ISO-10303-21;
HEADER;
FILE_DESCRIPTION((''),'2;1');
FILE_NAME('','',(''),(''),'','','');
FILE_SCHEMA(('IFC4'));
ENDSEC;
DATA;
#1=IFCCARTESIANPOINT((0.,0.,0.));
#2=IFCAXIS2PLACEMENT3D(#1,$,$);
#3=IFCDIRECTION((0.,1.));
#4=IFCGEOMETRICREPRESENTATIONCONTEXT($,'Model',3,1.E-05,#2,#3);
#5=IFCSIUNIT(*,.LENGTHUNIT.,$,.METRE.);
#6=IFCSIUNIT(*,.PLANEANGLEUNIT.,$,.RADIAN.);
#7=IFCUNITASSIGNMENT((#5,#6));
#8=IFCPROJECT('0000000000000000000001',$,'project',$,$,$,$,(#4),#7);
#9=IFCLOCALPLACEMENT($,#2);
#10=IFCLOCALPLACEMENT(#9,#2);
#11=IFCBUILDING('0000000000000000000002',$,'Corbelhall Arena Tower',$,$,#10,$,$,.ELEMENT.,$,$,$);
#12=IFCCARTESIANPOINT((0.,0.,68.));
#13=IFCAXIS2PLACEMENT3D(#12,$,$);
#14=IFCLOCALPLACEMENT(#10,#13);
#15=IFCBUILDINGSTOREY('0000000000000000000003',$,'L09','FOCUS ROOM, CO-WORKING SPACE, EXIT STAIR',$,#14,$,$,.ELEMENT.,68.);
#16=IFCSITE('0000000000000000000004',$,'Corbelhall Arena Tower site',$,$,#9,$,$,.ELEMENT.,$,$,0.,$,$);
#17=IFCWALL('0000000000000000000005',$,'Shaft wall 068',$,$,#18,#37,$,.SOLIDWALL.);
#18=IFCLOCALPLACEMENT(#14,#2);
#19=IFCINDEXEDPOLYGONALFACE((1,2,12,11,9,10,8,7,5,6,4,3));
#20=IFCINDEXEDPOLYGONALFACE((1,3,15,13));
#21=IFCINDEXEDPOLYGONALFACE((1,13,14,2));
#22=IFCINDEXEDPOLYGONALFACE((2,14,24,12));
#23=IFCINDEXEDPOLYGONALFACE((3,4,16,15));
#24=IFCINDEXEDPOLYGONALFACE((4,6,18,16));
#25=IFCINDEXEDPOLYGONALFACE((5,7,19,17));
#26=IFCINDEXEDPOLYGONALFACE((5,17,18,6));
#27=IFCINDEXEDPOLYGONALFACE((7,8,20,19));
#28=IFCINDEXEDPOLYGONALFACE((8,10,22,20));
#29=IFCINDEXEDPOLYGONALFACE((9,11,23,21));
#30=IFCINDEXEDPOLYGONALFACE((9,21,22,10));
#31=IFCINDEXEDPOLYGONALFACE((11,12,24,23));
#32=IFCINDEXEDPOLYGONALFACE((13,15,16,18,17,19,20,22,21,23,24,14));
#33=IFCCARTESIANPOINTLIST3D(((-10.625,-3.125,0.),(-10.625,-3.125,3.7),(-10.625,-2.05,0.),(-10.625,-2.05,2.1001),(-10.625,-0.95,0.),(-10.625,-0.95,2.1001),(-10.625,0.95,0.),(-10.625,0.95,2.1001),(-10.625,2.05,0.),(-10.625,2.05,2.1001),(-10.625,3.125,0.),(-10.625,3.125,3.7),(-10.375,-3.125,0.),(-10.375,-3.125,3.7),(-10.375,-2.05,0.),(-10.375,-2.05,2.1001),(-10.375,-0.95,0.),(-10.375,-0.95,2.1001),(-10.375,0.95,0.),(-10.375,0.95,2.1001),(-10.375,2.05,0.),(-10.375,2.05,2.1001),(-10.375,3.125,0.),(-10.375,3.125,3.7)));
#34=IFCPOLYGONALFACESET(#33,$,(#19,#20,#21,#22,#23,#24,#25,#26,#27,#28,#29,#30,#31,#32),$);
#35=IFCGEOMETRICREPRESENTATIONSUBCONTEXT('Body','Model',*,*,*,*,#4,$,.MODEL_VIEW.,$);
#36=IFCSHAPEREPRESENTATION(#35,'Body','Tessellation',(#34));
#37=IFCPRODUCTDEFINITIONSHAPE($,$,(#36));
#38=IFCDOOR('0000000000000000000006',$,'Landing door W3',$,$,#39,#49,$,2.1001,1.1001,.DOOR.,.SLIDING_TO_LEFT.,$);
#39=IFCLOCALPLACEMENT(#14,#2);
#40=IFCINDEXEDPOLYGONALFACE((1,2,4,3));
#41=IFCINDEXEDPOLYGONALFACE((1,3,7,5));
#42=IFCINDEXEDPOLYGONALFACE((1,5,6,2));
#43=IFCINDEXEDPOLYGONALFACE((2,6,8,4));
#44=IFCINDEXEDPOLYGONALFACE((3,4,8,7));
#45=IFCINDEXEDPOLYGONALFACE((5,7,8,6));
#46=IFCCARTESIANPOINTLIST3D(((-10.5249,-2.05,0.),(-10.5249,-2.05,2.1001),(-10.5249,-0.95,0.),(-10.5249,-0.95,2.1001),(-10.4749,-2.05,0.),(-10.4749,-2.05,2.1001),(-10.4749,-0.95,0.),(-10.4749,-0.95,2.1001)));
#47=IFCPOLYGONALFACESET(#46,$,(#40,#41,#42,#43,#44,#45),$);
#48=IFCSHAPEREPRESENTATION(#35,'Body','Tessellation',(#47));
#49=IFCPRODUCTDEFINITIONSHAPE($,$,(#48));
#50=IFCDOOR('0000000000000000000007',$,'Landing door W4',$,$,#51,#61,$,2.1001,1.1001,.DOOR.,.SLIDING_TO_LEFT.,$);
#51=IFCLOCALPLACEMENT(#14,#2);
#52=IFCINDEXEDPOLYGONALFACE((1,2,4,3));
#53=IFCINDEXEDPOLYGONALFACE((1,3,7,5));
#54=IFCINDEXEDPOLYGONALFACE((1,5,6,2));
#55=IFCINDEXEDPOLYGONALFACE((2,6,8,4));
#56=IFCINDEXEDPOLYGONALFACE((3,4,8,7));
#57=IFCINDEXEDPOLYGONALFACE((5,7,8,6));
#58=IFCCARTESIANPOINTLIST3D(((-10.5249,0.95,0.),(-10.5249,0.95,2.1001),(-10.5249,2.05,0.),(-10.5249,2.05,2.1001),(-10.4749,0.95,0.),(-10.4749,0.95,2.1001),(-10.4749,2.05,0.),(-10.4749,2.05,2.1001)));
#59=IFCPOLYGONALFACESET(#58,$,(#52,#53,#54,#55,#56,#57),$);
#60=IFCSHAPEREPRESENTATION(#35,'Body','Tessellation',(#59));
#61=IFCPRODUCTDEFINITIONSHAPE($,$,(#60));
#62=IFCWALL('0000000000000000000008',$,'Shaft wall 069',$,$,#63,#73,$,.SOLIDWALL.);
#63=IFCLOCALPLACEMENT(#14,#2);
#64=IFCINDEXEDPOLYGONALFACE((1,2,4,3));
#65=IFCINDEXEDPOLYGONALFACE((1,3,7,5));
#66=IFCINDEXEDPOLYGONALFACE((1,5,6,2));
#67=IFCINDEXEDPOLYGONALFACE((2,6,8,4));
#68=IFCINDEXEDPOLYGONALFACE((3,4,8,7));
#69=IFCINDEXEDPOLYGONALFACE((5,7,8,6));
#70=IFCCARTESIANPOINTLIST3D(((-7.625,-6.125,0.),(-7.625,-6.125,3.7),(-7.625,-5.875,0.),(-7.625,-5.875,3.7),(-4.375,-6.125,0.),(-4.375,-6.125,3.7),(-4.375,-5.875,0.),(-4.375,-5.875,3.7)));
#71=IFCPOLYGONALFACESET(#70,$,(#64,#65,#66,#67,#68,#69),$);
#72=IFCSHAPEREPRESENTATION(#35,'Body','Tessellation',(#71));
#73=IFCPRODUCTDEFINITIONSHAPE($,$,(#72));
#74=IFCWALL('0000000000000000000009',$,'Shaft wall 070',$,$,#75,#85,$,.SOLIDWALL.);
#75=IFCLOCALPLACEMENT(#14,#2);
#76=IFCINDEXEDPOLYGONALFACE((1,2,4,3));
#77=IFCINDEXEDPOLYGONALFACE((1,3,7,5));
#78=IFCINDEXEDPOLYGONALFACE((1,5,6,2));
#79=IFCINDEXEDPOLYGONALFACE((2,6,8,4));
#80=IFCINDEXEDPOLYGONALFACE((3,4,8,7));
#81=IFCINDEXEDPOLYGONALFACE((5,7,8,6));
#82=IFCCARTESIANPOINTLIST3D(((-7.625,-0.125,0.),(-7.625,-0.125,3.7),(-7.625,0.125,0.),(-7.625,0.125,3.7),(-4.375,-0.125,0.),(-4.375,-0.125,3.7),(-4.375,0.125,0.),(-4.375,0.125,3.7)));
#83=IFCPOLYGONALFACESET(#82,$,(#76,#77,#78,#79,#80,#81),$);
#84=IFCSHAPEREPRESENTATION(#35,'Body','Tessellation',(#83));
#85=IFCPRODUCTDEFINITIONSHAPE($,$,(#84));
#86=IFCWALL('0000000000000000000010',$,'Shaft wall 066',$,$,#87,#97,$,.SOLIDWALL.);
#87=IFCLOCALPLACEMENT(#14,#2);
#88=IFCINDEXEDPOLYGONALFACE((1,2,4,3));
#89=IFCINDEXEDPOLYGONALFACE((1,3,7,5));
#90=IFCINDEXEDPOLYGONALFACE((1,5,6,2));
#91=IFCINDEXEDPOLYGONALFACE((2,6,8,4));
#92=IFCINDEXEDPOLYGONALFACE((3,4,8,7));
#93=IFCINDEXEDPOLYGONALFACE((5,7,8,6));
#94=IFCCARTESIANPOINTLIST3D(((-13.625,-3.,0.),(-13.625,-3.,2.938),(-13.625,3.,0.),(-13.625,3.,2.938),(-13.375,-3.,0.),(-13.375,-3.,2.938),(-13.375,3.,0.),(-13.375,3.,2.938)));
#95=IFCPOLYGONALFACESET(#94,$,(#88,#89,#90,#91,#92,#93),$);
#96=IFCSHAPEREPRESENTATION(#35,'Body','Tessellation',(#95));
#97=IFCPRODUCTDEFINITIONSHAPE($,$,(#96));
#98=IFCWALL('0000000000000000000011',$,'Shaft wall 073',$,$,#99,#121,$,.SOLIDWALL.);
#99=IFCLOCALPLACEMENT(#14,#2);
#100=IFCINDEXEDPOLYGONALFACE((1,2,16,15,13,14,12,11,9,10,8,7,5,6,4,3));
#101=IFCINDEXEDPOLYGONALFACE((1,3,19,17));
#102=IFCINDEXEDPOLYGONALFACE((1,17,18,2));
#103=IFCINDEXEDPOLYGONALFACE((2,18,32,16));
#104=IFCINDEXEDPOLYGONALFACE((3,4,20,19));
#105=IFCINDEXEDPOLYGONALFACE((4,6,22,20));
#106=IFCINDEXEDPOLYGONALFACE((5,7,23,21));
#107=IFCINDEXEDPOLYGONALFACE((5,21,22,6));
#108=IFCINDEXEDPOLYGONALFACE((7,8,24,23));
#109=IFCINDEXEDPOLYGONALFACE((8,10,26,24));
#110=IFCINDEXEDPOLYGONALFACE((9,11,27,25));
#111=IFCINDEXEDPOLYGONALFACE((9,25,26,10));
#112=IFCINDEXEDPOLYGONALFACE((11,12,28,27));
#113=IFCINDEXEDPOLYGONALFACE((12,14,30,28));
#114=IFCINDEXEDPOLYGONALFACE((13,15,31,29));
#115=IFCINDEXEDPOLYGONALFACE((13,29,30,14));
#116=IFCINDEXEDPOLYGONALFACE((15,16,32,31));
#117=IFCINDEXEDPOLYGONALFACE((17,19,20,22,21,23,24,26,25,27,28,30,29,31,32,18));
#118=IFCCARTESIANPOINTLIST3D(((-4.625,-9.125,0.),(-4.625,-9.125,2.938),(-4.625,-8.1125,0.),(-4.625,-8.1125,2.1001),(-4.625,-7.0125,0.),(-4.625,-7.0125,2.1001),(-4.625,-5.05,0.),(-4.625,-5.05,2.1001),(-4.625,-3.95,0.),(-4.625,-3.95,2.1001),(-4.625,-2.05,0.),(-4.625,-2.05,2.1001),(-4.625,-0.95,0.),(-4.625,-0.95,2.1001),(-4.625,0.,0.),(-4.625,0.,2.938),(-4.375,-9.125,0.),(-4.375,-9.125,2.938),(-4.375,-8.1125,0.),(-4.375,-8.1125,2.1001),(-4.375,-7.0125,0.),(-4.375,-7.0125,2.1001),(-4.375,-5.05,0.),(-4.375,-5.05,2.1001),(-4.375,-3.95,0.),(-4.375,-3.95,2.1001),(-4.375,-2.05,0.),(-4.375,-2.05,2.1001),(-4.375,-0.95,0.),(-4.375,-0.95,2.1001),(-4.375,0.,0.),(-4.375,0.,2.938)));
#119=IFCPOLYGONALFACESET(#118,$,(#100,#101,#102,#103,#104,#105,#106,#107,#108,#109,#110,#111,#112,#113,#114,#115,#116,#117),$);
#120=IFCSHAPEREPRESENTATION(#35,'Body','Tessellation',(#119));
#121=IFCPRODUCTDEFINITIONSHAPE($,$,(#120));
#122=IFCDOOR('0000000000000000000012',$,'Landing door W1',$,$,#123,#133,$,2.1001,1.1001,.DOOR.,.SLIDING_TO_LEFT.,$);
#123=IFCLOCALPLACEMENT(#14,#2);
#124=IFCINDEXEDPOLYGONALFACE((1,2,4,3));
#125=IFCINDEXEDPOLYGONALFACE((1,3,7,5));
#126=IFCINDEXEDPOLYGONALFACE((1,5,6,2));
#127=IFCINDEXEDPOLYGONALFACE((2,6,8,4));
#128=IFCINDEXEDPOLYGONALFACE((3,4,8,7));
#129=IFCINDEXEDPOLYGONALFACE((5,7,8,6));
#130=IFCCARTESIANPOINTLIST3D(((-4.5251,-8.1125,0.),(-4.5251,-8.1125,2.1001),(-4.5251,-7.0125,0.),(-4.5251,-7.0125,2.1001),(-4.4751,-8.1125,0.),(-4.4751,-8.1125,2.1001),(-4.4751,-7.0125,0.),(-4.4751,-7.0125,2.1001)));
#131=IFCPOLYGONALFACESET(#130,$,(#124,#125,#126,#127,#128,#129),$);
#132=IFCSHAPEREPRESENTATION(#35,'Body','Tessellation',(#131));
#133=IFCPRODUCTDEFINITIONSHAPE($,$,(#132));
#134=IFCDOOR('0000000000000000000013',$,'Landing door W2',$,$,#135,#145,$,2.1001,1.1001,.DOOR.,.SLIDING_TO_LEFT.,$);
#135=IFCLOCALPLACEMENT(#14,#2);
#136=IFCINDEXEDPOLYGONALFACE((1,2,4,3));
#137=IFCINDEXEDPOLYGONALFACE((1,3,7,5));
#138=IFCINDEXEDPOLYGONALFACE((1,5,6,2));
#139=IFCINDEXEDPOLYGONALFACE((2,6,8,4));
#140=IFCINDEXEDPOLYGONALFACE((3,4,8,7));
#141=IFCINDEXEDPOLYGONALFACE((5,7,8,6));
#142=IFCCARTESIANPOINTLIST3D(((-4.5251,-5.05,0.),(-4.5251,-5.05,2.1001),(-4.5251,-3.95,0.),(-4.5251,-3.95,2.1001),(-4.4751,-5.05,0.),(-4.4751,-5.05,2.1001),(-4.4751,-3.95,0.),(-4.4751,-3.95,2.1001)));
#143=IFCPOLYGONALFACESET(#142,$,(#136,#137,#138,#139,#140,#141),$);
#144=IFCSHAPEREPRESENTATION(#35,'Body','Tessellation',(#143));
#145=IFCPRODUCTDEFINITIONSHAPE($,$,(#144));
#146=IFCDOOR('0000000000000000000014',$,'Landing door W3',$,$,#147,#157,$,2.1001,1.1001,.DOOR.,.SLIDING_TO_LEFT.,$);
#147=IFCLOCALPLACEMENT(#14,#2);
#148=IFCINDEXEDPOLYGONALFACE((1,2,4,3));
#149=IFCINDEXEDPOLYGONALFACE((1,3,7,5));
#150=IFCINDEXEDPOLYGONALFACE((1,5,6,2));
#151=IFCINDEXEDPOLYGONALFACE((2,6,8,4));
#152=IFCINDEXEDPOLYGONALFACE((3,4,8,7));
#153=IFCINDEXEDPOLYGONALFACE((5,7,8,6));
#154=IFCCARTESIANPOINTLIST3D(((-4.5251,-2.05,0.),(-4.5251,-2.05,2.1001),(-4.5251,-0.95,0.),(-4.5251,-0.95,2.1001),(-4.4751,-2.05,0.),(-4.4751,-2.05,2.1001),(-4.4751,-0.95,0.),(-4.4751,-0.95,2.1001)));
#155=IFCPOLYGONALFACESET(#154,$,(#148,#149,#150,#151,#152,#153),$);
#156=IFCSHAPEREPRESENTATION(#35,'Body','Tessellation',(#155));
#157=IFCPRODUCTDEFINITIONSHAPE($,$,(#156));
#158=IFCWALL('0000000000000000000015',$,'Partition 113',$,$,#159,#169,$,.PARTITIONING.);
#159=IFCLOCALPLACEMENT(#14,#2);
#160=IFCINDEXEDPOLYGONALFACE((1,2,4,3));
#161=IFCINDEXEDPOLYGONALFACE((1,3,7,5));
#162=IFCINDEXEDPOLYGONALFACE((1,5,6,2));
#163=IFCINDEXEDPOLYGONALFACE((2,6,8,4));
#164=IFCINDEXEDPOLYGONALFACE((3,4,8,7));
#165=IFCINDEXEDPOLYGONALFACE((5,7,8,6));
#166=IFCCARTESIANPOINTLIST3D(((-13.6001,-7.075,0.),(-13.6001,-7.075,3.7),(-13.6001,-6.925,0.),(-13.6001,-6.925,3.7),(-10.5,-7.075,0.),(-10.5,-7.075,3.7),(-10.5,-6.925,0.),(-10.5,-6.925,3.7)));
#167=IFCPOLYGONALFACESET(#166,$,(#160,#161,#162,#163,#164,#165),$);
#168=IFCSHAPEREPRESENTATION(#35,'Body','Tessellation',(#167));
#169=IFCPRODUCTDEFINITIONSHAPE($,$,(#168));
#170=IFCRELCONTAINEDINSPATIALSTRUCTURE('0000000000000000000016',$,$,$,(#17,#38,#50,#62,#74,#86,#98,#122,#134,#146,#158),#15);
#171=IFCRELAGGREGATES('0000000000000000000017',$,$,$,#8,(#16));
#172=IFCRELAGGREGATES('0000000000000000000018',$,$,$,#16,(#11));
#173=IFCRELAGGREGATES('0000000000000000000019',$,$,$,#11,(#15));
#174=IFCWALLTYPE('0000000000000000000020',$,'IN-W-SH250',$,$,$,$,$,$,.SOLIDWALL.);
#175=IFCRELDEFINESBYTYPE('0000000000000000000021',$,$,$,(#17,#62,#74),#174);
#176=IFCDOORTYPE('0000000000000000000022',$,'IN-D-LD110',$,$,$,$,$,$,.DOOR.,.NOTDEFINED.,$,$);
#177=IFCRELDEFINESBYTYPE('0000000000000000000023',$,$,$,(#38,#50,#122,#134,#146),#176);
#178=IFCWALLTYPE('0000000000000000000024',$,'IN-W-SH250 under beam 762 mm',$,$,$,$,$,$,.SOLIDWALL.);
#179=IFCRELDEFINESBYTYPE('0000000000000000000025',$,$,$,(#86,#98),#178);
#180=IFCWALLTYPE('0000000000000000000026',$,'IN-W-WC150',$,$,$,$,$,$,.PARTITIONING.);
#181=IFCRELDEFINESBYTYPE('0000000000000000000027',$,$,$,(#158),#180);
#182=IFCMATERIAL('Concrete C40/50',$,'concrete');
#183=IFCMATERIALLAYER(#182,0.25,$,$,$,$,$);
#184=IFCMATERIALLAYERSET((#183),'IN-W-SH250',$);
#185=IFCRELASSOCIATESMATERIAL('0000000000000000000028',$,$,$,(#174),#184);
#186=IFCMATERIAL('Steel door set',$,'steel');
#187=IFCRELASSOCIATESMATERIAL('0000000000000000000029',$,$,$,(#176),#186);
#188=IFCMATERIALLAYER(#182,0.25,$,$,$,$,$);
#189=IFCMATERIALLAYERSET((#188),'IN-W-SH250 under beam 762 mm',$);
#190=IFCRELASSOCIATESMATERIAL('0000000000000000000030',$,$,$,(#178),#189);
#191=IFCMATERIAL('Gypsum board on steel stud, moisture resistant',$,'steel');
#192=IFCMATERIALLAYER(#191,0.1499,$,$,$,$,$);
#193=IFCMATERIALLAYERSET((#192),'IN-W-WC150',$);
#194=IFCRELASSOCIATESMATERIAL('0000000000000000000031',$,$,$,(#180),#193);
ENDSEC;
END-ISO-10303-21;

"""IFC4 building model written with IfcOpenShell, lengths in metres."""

from ifc_helpers import new_model, si_unit, direction, frame, frame_2d, origin, place, context, subcontext, project, spatial, rectangle, extrude, material, layer, layer_set, type_object, element, fill, save


model = new_model("IFC4")

# Units and contexts
model_context = context("Model", 3, precision=1e-05, world=origin(), true_north=direction((0.0, 1.0)))
body_context = subcontext(model_context, "Body", "Model", "MODEL_VIEW")
ifc_project = project(units=[si_unit("LENGTHUNIT", "METRE"), si_unit("PLANEANGLEUNIT", "RADIAN")], contexts=[model_context])

# Site, building, storey
site_placement = place(None, origin())
site = spatial("IfcSite", under=ifc_project, at=site_placement, Name="Corbelhall Arena Tower site", CompositionType="ELEMENT", RefElevation=0.0)
building_placement = place(site_placement, origin())
building = spatial("IfcBuilding", under=site, at=building_placement, Name="Corbelhall Arena Tower", CompositionType="ELEMENT")
storey_placement = place(building_placement, frame((0.0, 0.0, 68.0)))
storey = spatial("IfcBuildingStorey", under=building, at=storey_placement, Name="L09", Description="FOCUS ROOM, CO-WORKING SPACE, EXIT STAIR", CompositionType="ELEMENT", Elevation=68.0)

# Shared definitions
ifc_material_1 = material(Name="Concrete C40/50", Category="concrete")
ifc_layer_1 = layer(ifc_material_1, 0.25)
ifc_layer_set_1 = layer_set([ifc_layer_1], Name="IN-W-SH250")
wall_type_1 = type_object("IfcWallType", Name="IN-W-SH250", PredefinedType="SOLIDWALL", material=ifc_layer_set_1)

# Shared definitions
ifc_material_2 = material(Name="Steel door set", Category="steel")

# Wall, openings, doors
wall_1_placement = place(storey_placement, frame((-10.5, -3.125, 0.0), z_axis=(0.0, 0.0, 1.0), x_axis=(0.0, 1.0, 0.0)))
wall_1 = element("IfcWall", 1, at=wall_1_placement, inside=storey, type_object=wall_type_1, Name="Shaft wall 068", PredefinedType="SOLIDWALL", context=body_context, shape_type="SweptSolid", body=[
    extrude(rectangle(XDim=6.25, YDim=0.25, at=frame_2d((3.125, 0.0))), origin(), (0.0, 0.0, 1.0), 3.7),
])
opening_1_placement = place(wall_1_placement, frame((1.075, 0.0, 0.0)))
opening_1 = element("IfcOpeningElement", 2, at=opening_1_placement, cuts=wall_1, PredefinedType="OPENING", context=body_context, shape_type="SweptSolid", body=[
    extrude(rectangle(XDim=1.1001, YDim=2.1001, at=frame_2d((0.55, 1.05))), frame((0.0, 0.125, 0.0), z_axis=(0.0, -1.0, 0.0), x_axis=(1.0, 0.0, 0.0)), (0.0, 0.0, 1.0), 0.25),
])
opening_2_placement = place(wall_1_placement, frame((4.075, 0.0, 0.0)))
opening_2 = element("IfcOpeningElement", 3, at=opening_2_placement, cuts=wall_1, PredefinedType="OPENING", context=body_context, shape_type="SweptSolid", body=[
    extrude(rectangle(XDim=1.1001, YDim=2.1001, at=frame_2d((0.55, 1.05))), frame((0.0, 0.125, 0.0), z_axis=(0.0, -1.0, 0.0), x_axis=(1.0, 0.0, 0.0)), (0.0, 0.0, 1.0), 0.25),
])
door_type_1 = type_object("IfcDoorType", Name="IN-D-LD110", OperationType="NOTDEFINED", PredefinedType="DOOR", material=ifc_material_2)
door_1_placement = place(opening_1_placement, origin())
door_1 = element("IfcDoor", 4, at=door_1_placement, inside=storey, type_object=door_type_1, Name="Landing door W3", OperationType="SLIDING_TO_LEFT", OverallHeight=2.1001, OverallWidth=1.1001, PredefinedType="DOOR", context=body_context, shape_type="SweptSolid", body=[
    extrude(rectangle(XDim=1.1001, YDim=2.1001, at=frame_2d((0.55, 1.05))), frame((0.0, 0.0249, 0.0), z_axis=(0.0, -1.0, 0.0), x_axis=(1.0, 0.0, 0.0)), (0.0, 0.0, 1.0), 0.05),
])
fill(opening_1, door_1)
door_2_placement = place(opening_2_placement, origin())
door_2 = element("IfcDoor", 5, at=door_2_placement, inside=storey, type_object=door_type_1, Name="Landing door W4", OperationType="SLIDING_TO_LEFT", OverallHeight=2.1001, OverallWidth=1.1001, PredefinedType="DOOR", context=body_context, shape_type="SweptSolid", body=[
    extrude(rectangle(XDim=1.1001, YDim=2.1001, at=frame_2d((0.55, 1.05))), frame((0.0, 0.0249, 0.0), z_axis=(0.0, -1.0, 0.0), x_axis=(1.0, 0.0, 0.0)), (0.0, 0.0, 1.0), 0.05),
])
fill(opening_2, door_2)

# Walls
for number, where, z_axis, x_axis, name in (
    (6, (-7.625, -6.0, 0.0), (0.0, 0.0, 1.0), (1.0, 0.0, 0.0), "Shaft wall 069"),
    (7, (-7.625, 0.0, 0.0), (0.0, 0.0, 1.0), (1.0, 0.0, 0.0), "Shaft wall 070"),
):
    element("IfcWall", number, at=place(storey_placement, frame(where, z_axis=z_axis, x_axis=x_axis)), inside=storey, type_object=wall_type_1, Name=name, PredefinedType="SOLIDWALL", context=body_context, shape_type="SweptSolid", body=[
        extrude(rectangle(XDim=3.25, YDim=0.25, at=frame_2d((1.625, 0.0))), origin(), (0.0, 0.0, 1.0), 3.7),
    ])
ifc_layer_2 = layer(ifc_material_1, 0.25)
ifc_layer_set_2 = layer_set([ifc_layer_2], Name="IN-W-SH250 under beam 762 mm")
wall_type_2 = type_object("IfcWallType", Name="IN-W-SH250 under beam 762 mm", PredefinedType="SOLIDWALL", material=ifc_layer_set_2)
wall_2_placement = place(storey_placement, frame((-13.5, -3.0, 0.0), z_axis=(0.0, 0.0, 1.0), x_axis=(0.0, 1.0, 0.0)))
element("IfcWall", 8, at=wall_2_placement, inside=storey, type_object=wall_type_2, Name="Shaft wall 066", PredefinedType="SOLIDWALL", context=body_context, shape_type="SweptSolid", body=[
    extrude(rectangle(XDim=6.0, YDim=0.25, at=frame_2d((3.0, 0.0))), origin(), (0.0, 0.0, 1.0), 2.938),
])

# Wall, openings, doors
wall_3_placement = place(storey_placement, frame((-4.5, 0.0, 0.0), z_axis=(0.0, 0.0, 1.0), x_axis=(0.0, -1.0, 0.0)))
wall_3 = element("IfcWall", 9, at=wall_3_placement, inside=storey, type_object=wall_type_2, Name="Shaft wall 073", PredefinedType="SOLIDWALL", context=body_context, shape_type="SweptSolid", body=[
    extrude(rectangle(XDim=9.125, YDim=0.25, at=frame_2d((4.5625, 0.0))), origin(), (0.0, 0.0, 1.0), 2.938),
])
opening_3_placement = place(wall_3_placement, frame((7.0125, 0.0, 0.0)))
opening_3 = element("IfcOpeningElement", 10, at=opening_3_placement, cuts=wall_3, PredefinedType="OPENING", context=body_context, shape_type="SweptSolid", body=[
    extrude(rectangle(XDim=1.1001, YDim=2.1001, at=frame_2d((0.55, 1.05))), frame((0.0, 0.125, 0.0), z_axis=(0.0, -1.0, 0.0), x_axis=(1.0, 0.0, 0.0)), (0.0, 0.0, 1.0), 0.25),
])
opening_4_placement = place(wall_3_placement, frame((3.95, 0.0, 0.0)))
opening_4 = element("IfcOpeningElement", 11, at=opening_4_placement, cuts=wall_3, PredefinedType="OPENING", context=body_context, shape_type="SweptSolid", body=[
    extrude(rectangle(XDim=1.1001, YDim=2.1001, at=frame_2d((0.55, 1.05))), frame((0.0, 0.125, 0.0), z_axis=(0.0, -1.0, 0.0), x_axis=(1.0, 0.0, 0.0)), (0.0, 0.0, 1.0), 0.25),
])
opening_5_placement = place(wall_3_placement, frame((0.95, 0.0, 0.0)))
opening_5 = element("IfcOpeningElement", 12, at=opening_5_placement, cuts=wall_3, PredefinedType="OPENING", context=body_context, shape_type="SweptSolid", body=[
    extrude(rectangle(XDim=1.1001, YDim=2.1001, at=frame_2d((0.55, 1.05))), frame((0.0, 0.125, 0.0), z_axis=(0.0, -1.0, 0.0), x_axis=(1.0, 0.0, 0.0)), (0.0, 0.0, 1.0), 0.25),
])
door_3_placement = place(opening_3_placement, origin())
door_3 = element("IfcDoor", 13, at=door_3_placement, inside=storey, type_object=door_type_1, Name="Landing door W1", OperationType="SLIDING_TO_LEFT", OverallHeight=2.1001, OverallWidth=1.1001, PredefinedType="DOOR", context=body_context, shape_type="SweptSolid", body=[
    extrude(rectangle(XDim=1.1001, YDim=2.1001, at=frame_2d((0.55, 1.05))), frame((0.0, 0.0249, 0.0), z_axis=(0.0, -1.0, 0.0), x_axis=(1.0, 0.0, 0.0)), (0.0, 0.0, 1.0), 0.05),
])
fill(opening_3, door_3)
door_4_placement = place(opening_4_placement, origin())
door_4 = element("IfcDoor", 14, at=door_4_placement, inside=storey, type_object=door_type_1, Name="Landing door W2", OperationType="SLIDING_TO_LEFT", OverallHeight=2.1001, OverallWidth=1.1001, PredefinedType="DOOR", context=body_context, shape_type="SweptSolid", body=[
    extrude(rectangle(XDim=1.1001, YDim=2.1001, at=frame_2d((0.55, 1.05))), frame((0.0, 0.0249, 0.0), z_axis=(0.0, -1.0, 0.0), x_axis=(1.0, 0.0, 0.0)), (0.0, 0.0, 1.0), 0.05),
])
fill(opening_4, door_4)
door_5_placement = place(opening_5_placement, origin())
door_5 = element("IfcDoor", 15, at=door_5_placement, inside=storey, type_object=door_type_1, Name="Landing door W3", OperationType="SLIDING_TO_LEFT", OverallHeight=2.1001, OverallWidth=1.1001, PredefinedType="DOOR", context=body_context, shape_type="SweptSolid", body=[
    extrude(rectangle(XDim=1.1001, YDim=2.1001, at=frame_2d((0.55, 1.05))), frame((0.0, 0.0249, 0.0), z_axis=(0.0, -1.0, 0.0), x_axis=(1.0, 0.0, 0.0)), (0.0, 0.0, 1.0), 0.05),
])
fill(opening_5, door_5)

# Wall
ifc_material_3 = material(Name="Gypsum board on steel stud, moisture resistant", Category="steel")
ifc_layer_3 = layer(ifc_material_3, 0.1499)
ifc_layer_set_3 = layer_set([ifc_layer_3], Name="IN-W-WC150")
wall_type_3 = type_object("IfcWallType", Name="IN-W-WC150", PredefinedType="PARTITIONING", material=ifc_layer_set_3)
wall_4_placement = place(storey_placement, frame((-13.6001, -7.0, 0.0), z_axis=(0.0, 0.0, 1.0), x_axis=(1.0, 0.0, 0.0)))
element("IfcWall", 16, at=wall_4_placement, inside=storey, type_object=wall_type_3, Name="Partition 113", PredefinedType="PARTITIONING", context=body_context, shape_type="SweptSolid", body=[
    extrude(rectangle(XDim=3.1001, YDim=0.1499, at=frame_2d((1.55, 0.0))), origin(), (0.0, 0.0, 1.0), 3.7),
])

save(model, "model.ifc")
